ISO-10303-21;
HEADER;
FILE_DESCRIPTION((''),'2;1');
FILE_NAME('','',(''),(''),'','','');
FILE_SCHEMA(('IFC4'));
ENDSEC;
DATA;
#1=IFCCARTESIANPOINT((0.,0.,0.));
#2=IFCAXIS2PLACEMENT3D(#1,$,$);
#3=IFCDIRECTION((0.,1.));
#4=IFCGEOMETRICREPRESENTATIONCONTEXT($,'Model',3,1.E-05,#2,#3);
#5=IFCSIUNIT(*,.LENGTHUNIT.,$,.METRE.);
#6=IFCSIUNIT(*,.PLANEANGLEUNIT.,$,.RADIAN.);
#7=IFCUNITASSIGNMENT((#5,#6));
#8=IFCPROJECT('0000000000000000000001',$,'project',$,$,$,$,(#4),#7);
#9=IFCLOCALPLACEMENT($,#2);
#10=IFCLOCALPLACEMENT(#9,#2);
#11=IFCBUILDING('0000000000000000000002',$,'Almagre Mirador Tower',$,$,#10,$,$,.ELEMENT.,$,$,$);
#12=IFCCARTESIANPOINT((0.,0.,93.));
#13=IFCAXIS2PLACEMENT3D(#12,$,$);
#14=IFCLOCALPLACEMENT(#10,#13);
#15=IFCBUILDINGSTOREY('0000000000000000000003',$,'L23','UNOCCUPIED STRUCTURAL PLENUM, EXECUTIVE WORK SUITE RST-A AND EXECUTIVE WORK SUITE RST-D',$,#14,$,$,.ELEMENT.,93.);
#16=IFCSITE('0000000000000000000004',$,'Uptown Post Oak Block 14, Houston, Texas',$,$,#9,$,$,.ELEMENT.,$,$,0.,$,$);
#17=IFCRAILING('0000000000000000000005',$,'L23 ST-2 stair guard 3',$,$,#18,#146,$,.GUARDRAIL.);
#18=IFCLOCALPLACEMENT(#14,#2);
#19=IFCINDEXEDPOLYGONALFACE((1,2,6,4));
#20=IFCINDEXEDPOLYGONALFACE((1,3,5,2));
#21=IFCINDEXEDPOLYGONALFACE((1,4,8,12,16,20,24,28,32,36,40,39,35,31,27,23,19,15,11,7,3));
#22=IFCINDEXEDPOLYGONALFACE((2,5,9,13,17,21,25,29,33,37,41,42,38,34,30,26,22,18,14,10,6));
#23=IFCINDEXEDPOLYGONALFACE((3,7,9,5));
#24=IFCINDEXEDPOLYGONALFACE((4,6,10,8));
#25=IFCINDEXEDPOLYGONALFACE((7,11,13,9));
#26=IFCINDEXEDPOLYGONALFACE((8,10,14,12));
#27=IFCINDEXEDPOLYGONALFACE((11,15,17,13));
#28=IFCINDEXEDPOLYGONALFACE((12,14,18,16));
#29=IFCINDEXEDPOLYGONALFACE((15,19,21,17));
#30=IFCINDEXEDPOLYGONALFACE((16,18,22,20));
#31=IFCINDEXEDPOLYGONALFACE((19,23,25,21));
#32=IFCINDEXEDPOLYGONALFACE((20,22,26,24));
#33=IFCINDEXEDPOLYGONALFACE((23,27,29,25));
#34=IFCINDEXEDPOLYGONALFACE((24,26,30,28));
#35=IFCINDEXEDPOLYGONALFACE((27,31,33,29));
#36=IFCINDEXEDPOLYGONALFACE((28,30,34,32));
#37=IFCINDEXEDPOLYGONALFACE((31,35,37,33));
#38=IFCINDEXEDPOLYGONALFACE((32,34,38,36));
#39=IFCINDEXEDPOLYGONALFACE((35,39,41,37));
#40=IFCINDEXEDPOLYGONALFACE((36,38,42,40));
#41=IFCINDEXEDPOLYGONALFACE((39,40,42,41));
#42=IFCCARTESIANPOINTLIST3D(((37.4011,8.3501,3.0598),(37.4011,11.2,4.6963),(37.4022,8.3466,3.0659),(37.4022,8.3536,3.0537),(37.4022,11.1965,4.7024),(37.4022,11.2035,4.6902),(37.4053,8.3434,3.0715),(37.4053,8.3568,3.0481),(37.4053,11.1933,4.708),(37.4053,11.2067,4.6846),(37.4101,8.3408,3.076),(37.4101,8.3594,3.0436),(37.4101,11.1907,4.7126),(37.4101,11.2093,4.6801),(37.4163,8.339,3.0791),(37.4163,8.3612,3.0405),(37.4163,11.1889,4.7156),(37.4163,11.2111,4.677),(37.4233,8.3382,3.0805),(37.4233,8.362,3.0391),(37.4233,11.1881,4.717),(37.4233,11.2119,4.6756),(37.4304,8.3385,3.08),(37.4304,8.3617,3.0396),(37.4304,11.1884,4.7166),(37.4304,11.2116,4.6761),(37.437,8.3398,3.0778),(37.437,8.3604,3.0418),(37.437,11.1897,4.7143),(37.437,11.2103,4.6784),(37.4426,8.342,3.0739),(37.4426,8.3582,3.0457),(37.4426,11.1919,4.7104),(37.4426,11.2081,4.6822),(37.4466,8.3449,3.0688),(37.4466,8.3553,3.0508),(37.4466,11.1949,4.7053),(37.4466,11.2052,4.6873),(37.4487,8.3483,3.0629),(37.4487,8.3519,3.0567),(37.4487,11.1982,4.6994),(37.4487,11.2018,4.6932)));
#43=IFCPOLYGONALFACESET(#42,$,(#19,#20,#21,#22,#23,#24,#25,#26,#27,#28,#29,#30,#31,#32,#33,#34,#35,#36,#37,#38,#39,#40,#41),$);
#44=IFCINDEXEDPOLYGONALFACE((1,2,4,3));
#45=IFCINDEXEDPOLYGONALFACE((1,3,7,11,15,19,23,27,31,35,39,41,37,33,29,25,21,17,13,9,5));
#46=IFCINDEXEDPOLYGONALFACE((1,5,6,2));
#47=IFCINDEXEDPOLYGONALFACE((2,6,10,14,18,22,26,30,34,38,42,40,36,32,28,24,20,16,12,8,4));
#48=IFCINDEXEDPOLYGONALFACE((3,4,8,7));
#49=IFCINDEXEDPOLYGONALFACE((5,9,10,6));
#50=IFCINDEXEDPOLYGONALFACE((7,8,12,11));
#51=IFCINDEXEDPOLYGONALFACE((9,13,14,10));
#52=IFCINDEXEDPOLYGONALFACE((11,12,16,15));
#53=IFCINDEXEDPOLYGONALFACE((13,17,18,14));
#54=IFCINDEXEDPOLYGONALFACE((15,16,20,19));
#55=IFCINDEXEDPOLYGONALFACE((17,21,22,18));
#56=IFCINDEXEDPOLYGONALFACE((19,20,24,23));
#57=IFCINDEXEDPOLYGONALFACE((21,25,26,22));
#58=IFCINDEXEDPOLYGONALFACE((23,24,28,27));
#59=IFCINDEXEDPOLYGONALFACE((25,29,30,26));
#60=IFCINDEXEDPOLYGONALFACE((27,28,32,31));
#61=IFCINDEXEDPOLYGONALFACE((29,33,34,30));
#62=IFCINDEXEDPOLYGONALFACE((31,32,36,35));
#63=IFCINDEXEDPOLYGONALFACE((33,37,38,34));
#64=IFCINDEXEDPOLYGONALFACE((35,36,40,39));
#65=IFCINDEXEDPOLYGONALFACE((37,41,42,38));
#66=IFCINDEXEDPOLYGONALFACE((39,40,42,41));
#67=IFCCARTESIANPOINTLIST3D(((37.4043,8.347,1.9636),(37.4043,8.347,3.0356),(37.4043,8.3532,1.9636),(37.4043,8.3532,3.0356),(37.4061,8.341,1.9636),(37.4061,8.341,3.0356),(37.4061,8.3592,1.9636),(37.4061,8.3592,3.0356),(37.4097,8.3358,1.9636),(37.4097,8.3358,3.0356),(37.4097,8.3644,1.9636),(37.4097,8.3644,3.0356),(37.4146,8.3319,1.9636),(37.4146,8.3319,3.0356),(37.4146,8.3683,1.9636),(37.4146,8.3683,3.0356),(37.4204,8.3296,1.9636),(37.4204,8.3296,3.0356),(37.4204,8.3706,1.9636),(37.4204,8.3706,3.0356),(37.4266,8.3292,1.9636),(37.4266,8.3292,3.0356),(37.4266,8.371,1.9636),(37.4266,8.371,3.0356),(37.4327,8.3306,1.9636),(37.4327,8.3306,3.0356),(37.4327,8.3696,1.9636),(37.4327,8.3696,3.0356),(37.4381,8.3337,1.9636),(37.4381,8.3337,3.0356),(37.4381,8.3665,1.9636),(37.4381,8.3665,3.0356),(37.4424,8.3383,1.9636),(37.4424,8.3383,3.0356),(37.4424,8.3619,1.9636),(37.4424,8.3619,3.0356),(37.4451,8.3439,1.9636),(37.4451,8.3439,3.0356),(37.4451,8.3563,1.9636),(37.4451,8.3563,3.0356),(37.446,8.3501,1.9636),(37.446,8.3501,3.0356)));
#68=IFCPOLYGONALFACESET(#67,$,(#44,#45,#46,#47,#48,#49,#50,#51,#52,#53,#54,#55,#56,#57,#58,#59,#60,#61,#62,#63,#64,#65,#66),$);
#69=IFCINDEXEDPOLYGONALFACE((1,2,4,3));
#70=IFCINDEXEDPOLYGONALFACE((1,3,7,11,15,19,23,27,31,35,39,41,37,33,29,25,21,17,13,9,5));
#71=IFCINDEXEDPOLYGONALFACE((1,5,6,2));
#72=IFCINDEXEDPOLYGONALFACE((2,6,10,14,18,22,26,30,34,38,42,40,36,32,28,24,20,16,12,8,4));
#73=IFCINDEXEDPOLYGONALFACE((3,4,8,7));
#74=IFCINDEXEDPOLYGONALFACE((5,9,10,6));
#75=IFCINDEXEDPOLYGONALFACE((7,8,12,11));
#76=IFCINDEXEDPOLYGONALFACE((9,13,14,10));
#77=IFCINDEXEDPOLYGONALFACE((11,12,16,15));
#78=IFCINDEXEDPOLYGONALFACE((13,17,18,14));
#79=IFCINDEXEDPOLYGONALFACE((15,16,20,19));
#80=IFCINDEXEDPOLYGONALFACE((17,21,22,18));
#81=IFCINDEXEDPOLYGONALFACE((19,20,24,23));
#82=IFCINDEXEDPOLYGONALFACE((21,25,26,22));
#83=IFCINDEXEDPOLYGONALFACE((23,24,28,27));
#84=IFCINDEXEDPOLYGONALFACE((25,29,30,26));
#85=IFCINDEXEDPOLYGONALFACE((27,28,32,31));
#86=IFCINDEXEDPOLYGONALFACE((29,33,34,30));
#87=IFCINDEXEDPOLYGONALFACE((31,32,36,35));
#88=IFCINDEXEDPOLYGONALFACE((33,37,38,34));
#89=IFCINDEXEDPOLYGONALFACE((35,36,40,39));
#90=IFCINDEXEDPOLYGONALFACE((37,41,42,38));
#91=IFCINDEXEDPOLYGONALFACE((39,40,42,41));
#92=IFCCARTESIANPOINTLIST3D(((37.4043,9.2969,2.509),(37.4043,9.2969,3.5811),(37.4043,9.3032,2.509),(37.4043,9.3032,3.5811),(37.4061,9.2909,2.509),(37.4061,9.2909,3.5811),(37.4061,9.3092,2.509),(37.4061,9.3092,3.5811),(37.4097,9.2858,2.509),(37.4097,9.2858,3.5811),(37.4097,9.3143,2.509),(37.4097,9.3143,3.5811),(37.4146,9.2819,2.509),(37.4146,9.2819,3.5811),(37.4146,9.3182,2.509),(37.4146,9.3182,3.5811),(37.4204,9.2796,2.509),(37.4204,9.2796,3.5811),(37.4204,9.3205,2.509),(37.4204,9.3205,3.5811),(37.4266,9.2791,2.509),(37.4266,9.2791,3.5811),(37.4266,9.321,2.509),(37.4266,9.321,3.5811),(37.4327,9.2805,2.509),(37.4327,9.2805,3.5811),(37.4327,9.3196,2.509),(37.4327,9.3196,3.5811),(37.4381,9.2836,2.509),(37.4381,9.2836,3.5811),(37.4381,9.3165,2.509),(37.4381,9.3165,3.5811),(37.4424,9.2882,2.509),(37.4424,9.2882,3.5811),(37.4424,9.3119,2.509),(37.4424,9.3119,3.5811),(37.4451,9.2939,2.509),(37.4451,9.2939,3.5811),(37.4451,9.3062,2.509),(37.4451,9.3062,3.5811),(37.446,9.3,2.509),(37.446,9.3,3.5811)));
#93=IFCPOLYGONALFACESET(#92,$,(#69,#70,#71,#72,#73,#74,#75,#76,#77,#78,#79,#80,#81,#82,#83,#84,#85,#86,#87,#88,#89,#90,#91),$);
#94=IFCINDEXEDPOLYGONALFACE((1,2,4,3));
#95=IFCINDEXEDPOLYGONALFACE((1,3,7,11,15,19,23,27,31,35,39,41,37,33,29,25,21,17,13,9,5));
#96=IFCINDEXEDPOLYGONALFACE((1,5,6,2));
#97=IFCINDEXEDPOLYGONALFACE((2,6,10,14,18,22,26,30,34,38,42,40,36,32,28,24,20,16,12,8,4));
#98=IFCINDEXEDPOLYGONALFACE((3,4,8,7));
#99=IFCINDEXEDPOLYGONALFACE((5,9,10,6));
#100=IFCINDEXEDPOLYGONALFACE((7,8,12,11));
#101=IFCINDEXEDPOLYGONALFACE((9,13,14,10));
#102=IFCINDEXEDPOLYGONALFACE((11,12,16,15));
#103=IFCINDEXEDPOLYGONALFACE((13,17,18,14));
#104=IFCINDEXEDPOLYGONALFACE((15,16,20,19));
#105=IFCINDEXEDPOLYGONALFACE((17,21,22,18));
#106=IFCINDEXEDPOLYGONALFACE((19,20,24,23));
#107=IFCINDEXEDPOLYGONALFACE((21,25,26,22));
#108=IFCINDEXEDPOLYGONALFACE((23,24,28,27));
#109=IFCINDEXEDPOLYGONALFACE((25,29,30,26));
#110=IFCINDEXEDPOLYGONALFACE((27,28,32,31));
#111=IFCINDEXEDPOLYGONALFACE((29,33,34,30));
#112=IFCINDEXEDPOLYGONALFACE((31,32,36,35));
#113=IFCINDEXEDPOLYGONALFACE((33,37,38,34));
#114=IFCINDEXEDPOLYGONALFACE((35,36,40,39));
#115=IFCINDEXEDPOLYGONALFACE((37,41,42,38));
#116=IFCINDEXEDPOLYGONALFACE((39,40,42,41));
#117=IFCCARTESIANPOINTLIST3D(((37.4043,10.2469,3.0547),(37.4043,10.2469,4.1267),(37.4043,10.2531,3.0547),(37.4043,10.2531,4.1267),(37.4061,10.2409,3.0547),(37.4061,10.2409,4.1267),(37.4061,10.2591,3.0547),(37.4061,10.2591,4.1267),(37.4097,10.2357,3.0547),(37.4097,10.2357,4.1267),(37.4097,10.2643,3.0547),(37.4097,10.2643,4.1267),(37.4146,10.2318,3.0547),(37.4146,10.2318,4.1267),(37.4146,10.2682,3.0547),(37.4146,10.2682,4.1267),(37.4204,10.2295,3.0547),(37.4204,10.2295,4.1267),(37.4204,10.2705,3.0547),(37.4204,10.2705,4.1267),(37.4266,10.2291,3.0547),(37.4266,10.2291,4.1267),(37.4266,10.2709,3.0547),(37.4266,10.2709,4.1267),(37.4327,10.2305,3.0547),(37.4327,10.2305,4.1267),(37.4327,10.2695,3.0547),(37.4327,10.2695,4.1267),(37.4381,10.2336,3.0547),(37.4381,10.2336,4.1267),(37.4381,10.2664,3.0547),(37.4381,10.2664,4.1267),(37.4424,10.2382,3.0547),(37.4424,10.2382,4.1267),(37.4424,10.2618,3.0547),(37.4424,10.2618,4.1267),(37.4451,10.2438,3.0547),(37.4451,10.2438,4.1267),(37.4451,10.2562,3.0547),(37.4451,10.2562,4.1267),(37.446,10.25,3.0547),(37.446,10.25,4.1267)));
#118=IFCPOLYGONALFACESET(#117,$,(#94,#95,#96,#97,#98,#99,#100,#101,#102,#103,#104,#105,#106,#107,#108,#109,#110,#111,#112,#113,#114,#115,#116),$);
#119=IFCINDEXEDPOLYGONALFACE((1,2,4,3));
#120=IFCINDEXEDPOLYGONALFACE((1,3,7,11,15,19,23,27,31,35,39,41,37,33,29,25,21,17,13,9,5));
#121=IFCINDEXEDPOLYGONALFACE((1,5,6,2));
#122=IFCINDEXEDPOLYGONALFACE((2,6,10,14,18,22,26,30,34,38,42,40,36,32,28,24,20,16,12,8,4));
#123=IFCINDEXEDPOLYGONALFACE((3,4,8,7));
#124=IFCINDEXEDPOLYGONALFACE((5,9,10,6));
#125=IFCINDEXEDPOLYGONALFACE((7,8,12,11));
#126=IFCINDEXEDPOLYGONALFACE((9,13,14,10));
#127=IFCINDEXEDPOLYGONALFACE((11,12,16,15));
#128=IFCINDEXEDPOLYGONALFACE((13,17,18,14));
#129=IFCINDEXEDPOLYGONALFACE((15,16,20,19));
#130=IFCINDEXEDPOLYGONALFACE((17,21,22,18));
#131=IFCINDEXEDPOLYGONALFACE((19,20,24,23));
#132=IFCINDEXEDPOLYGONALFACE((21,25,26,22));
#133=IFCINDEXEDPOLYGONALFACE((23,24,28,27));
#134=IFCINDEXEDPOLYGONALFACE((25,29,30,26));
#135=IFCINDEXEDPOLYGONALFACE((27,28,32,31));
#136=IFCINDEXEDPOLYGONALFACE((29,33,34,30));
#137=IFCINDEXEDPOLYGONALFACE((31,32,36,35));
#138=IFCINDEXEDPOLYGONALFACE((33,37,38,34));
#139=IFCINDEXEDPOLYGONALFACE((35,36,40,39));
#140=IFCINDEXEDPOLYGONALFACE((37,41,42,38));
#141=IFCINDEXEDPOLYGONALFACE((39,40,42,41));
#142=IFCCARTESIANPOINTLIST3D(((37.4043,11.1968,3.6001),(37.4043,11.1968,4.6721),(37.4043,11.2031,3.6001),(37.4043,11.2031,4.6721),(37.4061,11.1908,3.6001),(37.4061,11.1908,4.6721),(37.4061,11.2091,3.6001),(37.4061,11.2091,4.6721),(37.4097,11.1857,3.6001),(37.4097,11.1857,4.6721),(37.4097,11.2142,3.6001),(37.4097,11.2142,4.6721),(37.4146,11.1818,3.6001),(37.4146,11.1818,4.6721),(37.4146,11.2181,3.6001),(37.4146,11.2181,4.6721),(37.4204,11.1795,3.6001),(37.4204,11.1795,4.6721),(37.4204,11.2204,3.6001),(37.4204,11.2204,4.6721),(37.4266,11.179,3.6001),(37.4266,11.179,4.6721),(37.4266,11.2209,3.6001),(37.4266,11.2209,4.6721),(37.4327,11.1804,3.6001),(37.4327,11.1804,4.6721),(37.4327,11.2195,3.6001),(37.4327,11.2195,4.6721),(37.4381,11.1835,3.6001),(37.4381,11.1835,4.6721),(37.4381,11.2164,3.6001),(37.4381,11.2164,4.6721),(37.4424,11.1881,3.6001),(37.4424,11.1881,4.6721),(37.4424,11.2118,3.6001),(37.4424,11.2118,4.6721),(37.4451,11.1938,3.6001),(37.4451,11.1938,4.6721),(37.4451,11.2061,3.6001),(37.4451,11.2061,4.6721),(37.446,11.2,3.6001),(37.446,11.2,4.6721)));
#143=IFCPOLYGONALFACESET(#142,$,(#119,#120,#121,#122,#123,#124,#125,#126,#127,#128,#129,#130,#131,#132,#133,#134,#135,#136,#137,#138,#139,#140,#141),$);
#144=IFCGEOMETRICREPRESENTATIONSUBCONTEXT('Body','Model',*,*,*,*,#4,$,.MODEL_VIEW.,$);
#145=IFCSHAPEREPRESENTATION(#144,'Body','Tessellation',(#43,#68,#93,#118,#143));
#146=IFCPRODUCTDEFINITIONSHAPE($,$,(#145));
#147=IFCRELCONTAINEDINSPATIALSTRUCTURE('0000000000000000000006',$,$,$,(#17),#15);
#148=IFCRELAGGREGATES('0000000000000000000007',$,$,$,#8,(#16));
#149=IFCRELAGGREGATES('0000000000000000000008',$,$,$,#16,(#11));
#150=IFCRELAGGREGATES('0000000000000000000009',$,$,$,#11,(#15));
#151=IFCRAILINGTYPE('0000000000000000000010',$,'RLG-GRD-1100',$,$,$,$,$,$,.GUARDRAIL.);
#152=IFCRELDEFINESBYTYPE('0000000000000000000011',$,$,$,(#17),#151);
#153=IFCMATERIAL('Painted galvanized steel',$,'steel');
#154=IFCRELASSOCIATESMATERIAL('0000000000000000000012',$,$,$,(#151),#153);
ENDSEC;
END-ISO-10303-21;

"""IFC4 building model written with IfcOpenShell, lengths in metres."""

from ifc_helpers import new_model, si_unit, direction, frame, origin, origin_2d, place, context, subcontext, project, spatial, circle, extrude, material, type_object, element, save


model = new_model("IFC4")

# Units and contexts
model_context = context("Model", 3, precision=1e-05, world=origin(), true_north=direction((0.0, 1.0)))
body_context = subcontext(model_context, "Body", "Model", "MODEL_VIEW")
ifc_project = project(units=[si_unit("LENGTHUNIT", "METRE"), si_unit("PLANEANGLEUNIT", "RADIAN")], contexts=[model_context])

# Site, building, storey
site_placement = place(None, origin())
site = spatial("IfcSite", under=ifc_project, at=site_placement, Name="Uptown Post Oak Block 14, Houston, Texas", CompositionType="ELEMENT", RefElevation=0.0)
building_placement = place(site_placement, origin())
building = spatial("IfcBuilding", under=site, at=building_placement, Name="Almagre Mirador Tower", CompositionType="ELEMENT")
storey_placement = place(building_placement, frame((0.0, 0.0, 93.0)))
storey = spatial("IfcBuildingStorey", under=building, at=storey_placement, Name="L23", Description="UNOCCUPIED STRUCTURAL PLENUM, EXECUTIVE WORK SUITE RST-A AND EXECUTIVE WORK SUITE RST-D", CompositionType="ELEMENT", Elevation=93.0)

# Railing
ifc_material_1 = material(Name="Painted galvanized steel", Category="steel")
railing_type_1 = type_object("IfcRailingType", Name="RLG-GRD-1100", PredefinedType="GUARDRAIL", material=ifc_material_1)
railing_1_placement = place(storey_placement, frame((37.425, 8.3501, 1.9636)))
element("IfcRailing", 1, at=railing_1_placement, inside=storey, type_object=railing_type_1, Name="L23 ST-2 stair guard 3", PredefinedType="GUARDRAIL", context=body_context, shape_type="SweptSolid", body=[
    extrude(circle(Radius=0.0239, at=origin_2d()), frame((0.0, 0.0, 1.0962), z_axis=(0.0, 0.867194, 0.49797), x_axis=(-1.0, 0.0, 0.0)), (0.0, 0.0, 1.0), 3.2864),
    extrude(circle(Radius=0.021, at=origin_2d()), origin(), (0.0, 0.0, 1.0), 1.072),
    extrude(circle(Radius=0.021, at=origin_2d()), frame((0.0, 0.95, 0.5454)), (0.0, 0.0, 1.0), 1.072),
    extrude(circle(Radius=0.021, at=origin_2d()), frame((0.0, 1.8999, 1.0911)), (0.0, 0.0, 1.0), 1.072),
    extrude(circle(Radius=0.021, at=origin_2d()), frame((0.0, 2.8499, 1.6365)), (0.0, 0.0, 1.0), 1.072),
])

save(model, "model.ifc")
